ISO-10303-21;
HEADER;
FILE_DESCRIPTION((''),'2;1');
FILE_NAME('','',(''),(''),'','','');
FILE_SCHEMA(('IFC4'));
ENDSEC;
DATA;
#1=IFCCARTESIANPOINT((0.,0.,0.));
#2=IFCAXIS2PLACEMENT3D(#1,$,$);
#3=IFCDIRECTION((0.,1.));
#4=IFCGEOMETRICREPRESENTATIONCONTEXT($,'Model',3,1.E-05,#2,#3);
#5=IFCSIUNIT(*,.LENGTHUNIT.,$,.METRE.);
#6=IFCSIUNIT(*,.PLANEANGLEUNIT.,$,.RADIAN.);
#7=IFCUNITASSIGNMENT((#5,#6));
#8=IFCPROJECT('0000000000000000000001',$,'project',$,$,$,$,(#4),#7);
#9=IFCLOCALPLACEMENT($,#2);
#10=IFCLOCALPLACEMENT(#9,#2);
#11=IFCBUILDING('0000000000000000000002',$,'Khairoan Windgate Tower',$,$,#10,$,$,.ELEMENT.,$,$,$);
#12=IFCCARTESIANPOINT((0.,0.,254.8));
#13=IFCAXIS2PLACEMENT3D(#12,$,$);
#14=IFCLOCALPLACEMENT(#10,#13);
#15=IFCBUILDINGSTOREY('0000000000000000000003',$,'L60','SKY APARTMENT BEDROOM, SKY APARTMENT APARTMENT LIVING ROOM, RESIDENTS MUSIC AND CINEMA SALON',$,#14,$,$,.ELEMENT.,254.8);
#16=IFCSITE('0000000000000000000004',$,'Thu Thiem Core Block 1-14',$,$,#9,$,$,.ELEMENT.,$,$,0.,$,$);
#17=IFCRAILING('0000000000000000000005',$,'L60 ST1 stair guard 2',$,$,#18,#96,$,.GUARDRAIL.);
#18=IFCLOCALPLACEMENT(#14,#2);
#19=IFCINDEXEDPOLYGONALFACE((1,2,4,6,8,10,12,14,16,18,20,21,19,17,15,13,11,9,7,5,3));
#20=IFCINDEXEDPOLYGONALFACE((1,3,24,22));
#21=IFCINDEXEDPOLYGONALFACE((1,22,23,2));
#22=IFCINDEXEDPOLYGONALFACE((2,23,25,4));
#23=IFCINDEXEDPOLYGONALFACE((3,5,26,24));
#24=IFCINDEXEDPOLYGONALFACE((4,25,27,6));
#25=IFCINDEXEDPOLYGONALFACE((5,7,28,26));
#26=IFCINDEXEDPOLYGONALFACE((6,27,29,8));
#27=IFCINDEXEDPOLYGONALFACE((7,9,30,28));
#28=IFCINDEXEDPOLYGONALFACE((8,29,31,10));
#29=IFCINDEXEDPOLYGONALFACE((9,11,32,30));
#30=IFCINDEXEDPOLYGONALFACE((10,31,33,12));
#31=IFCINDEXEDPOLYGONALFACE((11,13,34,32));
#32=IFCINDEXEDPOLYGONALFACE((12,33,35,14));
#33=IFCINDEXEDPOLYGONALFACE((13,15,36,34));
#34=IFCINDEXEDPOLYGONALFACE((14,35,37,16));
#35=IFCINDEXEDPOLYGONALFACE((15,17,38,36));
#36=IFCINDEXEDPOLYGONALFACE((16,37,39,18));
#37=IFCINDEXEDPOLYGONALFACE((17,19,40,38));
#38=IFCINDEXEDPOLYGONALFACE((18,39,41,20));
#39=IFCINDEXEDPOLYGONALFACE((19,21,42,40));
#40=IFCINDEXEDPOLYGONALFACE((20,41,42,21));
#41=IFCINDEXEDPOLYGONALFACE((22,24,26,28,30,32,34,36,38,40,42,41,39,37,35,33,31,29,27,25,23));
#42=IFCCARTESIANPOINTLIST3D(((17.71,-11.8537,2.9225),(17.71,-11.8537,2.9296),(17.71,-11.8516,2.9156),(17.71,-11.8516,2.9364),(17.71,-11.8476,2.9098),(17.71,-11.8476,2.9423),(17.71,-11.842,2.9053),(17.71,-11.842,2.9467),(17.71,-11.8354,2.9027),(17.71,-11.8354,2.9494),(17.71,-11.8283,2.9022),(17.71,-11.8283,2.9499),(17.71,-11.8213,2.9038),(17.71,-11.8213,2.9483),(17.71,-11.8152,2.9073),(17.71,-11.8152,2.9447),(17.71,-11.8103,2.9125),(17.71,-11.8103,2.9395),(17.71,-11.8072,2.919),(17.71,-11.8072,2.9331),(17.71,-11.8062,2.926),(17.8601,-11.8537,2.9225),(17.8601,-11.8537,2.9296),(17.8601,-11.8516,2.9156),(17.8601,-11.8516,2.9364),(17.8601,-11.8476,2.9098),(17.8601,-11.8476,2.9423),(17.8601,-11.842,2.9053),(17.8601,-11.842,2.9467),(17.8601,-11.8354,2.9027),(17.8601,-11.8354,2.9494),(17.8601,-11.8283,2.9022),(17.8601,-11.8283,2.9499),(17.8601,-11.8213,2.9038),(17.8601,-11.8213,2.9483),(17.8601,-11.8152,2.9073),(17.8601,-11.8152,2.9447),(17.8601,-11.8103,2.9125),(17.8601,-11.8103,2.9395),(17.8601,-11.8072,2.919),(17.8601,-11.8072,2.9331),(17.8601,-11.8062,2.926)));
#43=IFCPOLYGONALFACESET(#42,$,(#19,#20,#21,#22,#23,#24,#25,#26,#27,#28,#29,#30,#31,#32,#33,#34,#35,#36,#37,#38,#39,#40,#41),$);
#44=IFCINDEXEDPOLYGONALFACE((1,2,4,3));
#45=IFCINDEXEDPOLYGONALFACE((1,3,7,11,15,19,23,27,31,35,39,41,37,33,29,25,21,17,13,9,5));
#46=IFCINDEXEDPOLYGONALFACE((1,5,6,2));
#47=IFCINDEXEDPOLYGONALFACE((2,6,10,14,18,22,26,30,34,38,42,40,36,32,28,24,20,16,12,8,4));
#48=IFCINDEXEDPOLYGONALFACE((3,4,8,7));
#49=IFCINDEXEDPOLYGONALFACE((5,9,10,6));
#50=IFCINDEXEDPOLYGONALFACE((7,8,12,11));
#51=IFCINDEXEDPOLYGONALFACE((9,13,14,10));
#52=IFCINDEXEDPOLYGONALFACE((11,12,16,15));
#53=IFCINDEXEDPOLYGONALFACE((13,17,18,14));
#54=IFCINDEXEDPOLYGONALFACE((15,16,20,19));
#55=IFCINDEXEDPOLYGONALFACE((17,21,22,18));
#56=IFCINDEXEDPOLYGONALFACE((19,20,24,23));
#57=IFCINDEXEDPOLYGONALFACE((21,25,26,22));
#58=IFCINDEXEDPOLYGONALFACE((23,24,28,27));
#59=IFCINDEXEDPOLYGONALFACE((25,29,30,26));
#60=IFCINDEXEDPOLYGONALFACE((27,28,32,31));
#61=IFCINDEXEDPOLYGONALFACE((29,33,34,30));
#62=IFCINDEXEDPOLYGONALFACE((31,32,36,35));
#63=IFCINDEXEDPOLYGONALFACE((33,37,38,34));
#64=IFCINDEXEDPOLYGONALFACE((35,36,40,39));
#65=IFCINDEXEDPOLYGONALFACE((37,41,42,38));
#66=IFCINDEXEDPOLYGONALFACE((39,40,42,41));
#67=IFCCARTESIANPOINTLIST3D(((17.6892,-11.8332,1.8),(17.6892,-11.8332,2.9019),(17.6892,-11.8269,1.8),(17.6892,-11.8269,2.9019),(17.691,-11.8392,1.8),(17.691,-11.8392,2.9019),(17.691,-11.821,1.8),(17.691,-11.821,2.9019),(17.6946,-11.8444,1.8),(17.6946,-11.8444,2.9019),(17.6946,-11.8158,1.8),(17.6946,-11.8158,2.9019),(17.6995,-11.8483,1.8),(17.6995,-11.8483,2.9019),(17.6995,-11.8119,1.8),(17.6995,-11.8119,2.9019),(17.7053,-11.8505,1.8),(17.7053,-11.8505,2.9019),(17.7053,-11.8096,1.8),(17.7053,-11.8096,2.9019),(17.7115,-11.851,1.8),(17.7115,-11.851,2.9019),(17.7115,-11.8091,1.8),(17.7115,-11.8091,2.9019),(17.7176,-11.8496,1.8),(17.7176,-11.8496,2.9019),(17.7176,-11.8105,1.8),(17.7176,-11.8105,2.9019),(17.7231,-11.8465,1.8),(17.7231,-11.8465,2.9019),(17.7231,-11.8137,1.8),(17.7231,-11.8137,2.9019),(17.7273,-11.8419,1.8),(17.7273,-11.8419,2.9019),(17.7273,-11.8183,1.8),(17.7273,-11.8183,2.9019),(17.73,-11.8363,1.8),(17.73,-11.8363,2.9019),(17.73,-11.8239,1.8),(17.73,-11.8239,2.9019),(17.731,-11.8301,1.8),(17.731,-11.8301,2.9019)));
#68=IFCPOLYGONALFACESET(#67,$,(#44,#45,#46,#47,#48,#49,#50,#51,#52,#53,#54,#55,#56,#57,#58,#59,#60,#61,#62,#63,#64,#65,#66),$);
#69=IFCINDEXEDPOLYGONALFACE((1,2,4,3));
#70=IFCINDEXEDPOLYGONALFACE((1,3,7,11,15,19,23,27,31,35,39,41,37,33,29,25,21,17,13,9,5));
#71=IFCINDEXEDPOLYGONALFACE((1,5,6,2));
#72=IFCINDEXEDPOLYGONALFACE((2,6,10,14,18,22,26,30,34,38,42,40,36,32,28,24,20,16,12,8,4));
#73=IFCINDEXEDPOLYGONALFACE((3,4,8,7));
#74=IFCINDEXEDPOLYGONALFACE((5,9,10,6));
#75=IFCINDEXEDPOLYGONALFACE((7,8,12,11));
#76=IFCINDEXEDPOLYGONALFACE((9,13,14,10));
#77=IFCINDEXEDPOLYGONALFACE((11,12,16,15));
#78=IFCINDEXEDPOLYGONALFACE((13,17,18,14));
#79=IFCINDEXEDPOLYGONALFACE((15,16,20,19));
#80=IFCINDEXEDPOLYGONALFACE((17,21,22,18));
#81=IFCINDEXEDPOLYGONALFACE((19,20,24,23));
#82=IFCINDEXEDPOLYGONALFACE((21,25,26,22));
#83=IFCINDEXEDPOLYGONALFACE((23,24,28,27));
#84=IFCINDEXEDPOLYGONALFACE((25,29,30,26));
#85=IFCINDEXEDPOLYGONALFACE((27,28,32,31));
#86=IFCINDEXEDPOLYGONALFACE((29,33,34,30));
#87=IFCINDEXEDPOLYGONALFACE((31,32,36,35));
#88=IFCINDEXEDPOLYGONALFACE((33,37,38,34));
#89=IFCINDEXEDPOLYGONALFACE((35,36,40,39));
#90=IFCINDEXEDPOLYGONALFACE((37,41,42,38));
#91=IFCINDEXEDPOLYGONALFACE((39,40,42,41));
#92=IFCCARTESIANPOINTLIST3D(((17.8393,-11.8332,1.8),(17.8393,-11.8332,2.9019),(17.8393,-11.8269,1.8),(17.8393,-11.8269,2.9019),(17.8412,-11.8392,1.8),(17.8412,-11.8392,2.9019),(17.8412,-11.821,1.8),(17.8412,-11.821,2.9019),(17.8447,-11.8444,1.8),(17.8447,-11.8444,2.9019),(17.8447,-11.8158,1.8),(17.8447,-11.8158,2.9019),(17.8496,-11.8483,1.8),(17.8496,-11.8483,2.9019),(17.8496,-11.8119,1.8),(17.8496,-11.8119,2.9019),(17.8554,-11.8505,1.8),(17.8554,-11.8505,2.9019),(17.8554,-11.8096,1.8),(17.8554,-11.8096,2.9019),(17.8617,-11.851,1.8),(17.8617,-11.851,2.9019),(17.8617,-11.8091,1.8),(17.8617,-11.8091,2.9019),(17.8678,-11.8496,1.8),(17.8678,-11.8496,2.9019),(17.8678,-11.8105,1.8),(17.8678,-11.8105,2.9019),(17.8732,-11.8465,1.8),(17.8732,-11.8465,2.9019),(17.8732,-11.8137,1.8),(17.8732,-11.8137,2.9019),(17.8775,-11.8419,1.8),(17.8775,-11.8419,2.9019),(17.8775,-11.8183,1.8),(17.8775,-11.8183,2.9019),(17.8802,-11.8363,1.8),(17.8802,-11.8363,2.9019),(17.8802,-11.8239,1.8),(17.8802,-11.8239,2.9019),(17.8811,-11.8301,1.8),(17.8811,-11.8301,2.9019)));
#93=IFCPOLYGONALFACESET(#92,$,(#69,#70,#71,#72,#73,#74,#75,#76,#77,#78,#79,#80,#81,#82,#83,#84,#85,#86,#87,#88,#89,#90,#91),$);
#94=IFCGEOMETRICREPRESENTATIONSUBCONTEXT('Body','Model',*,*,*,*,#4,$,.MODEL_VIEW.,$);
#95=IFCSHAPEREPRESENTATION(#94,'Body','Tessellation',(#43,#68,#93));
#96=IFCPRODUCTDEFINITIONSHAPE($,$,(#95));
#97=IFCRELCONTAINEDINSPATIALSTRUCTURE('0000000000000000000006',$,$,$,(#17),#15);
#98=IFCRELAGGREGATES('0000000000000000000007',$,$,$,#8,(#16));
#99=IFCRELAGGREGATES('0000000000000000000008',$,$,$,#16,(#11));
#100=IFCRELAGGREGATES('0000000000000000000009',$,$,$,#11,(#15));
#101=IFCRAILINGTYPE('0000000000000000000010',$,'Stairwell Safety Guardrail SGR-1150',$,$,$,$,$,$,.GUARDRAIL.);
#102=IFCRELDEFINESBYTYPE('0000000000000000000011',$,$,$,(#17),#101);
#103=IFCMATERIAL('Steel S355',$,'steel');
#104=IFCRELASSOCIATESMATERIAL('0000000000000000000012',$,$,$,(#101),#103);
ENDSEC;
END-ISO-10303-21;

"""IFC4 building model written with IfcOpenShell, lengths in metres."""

from ifc_helpers import new_model, si_unit, direction, frame, origin, origin_2d, place, context, subcontext, project, spatial, circle, extrude, material, type_object, element, save


model = new_model("IFC4")

# Units and contexts
model_context = context("Model", 3, precision=1e-05, world=origin(), true_north=direction((0.0, 1.0)))
body_context = subcontext(model_context, "Body", "Model", "MODEL_VIEW")
ifc_project = project(units=[si_unit("LENGTHUNIT", "METRE"), si_unit("PLANEANGLEUNIT", "RADIAN")], contexts=[model_context])

# Site, building, storey
site_placement = place(None, origin())
site = spatial("IfcSite", under=ifc_project, at=site_placement, Name="Thu Thiem Core Block 1-14", CompositionType="ELEMENT", RefElevation=0.0)
building_placement = place(site_placement, origin())
building = spatial("IfcBuilding", under=site, at=building_placement, Name="Khairoan Windgate Tower", CompositionType="ELEMENT")
storey_placement = place(building_placement, frame((0.0, 0.0, 254.8)))
storey = spatial("IfcBuildingStorey", under=building, at=storey_placement, Name="L60", Description="SKY APARTMENT BEDROOM, SKY APARTMENT APARTMENT LIVING ROOM, RESIDENTS MUSIC AND CINEMA SALON", CompositionType="ELEMENT", Elevation=254.8)

# Railing
ifc_material_1 = material(Name="Steel S355", Category="steel")
railing_type_1 = type_object("IfcRailingType", Name="Stairwell Safety Guardrail SGR-1150", PredefinedType="GUARDRAIL", material=ifc_material_1)
railing_1_placement = place(storey_placement, frame((17.71, -11.8301, 1.8)))
element("IfcRailing", 1, at=railing_1_placement, inside=storey, type_object=railing_type_1, Name="L60 ST1 stair guard 2", PredefinedType="GUARDRAIL", context=body_context, shape_type="SweptSolid", body=[
    extrude(circle(Radius=0.0239, at=origin_2d()), frame((0.0, 0.0, 1.126), z_axis=(1.0, 0.0, 0.0), x_axis=(0.0, 1.0, 0.0)), (0.0, 0.0, 1.0), 0.1501),
    extrude(circle(Radius=0.021, at=origin_2d()), origin(), (0.0, 0.0, 1.0), 1.1018),
    extrude(circle(Radius=0.021, at=origin_2d()), frame((0.1501, 0.0, 0.0)), (0.0, 0.0, 1.0), 1.1018),
])

save(model, "model.ifc")
